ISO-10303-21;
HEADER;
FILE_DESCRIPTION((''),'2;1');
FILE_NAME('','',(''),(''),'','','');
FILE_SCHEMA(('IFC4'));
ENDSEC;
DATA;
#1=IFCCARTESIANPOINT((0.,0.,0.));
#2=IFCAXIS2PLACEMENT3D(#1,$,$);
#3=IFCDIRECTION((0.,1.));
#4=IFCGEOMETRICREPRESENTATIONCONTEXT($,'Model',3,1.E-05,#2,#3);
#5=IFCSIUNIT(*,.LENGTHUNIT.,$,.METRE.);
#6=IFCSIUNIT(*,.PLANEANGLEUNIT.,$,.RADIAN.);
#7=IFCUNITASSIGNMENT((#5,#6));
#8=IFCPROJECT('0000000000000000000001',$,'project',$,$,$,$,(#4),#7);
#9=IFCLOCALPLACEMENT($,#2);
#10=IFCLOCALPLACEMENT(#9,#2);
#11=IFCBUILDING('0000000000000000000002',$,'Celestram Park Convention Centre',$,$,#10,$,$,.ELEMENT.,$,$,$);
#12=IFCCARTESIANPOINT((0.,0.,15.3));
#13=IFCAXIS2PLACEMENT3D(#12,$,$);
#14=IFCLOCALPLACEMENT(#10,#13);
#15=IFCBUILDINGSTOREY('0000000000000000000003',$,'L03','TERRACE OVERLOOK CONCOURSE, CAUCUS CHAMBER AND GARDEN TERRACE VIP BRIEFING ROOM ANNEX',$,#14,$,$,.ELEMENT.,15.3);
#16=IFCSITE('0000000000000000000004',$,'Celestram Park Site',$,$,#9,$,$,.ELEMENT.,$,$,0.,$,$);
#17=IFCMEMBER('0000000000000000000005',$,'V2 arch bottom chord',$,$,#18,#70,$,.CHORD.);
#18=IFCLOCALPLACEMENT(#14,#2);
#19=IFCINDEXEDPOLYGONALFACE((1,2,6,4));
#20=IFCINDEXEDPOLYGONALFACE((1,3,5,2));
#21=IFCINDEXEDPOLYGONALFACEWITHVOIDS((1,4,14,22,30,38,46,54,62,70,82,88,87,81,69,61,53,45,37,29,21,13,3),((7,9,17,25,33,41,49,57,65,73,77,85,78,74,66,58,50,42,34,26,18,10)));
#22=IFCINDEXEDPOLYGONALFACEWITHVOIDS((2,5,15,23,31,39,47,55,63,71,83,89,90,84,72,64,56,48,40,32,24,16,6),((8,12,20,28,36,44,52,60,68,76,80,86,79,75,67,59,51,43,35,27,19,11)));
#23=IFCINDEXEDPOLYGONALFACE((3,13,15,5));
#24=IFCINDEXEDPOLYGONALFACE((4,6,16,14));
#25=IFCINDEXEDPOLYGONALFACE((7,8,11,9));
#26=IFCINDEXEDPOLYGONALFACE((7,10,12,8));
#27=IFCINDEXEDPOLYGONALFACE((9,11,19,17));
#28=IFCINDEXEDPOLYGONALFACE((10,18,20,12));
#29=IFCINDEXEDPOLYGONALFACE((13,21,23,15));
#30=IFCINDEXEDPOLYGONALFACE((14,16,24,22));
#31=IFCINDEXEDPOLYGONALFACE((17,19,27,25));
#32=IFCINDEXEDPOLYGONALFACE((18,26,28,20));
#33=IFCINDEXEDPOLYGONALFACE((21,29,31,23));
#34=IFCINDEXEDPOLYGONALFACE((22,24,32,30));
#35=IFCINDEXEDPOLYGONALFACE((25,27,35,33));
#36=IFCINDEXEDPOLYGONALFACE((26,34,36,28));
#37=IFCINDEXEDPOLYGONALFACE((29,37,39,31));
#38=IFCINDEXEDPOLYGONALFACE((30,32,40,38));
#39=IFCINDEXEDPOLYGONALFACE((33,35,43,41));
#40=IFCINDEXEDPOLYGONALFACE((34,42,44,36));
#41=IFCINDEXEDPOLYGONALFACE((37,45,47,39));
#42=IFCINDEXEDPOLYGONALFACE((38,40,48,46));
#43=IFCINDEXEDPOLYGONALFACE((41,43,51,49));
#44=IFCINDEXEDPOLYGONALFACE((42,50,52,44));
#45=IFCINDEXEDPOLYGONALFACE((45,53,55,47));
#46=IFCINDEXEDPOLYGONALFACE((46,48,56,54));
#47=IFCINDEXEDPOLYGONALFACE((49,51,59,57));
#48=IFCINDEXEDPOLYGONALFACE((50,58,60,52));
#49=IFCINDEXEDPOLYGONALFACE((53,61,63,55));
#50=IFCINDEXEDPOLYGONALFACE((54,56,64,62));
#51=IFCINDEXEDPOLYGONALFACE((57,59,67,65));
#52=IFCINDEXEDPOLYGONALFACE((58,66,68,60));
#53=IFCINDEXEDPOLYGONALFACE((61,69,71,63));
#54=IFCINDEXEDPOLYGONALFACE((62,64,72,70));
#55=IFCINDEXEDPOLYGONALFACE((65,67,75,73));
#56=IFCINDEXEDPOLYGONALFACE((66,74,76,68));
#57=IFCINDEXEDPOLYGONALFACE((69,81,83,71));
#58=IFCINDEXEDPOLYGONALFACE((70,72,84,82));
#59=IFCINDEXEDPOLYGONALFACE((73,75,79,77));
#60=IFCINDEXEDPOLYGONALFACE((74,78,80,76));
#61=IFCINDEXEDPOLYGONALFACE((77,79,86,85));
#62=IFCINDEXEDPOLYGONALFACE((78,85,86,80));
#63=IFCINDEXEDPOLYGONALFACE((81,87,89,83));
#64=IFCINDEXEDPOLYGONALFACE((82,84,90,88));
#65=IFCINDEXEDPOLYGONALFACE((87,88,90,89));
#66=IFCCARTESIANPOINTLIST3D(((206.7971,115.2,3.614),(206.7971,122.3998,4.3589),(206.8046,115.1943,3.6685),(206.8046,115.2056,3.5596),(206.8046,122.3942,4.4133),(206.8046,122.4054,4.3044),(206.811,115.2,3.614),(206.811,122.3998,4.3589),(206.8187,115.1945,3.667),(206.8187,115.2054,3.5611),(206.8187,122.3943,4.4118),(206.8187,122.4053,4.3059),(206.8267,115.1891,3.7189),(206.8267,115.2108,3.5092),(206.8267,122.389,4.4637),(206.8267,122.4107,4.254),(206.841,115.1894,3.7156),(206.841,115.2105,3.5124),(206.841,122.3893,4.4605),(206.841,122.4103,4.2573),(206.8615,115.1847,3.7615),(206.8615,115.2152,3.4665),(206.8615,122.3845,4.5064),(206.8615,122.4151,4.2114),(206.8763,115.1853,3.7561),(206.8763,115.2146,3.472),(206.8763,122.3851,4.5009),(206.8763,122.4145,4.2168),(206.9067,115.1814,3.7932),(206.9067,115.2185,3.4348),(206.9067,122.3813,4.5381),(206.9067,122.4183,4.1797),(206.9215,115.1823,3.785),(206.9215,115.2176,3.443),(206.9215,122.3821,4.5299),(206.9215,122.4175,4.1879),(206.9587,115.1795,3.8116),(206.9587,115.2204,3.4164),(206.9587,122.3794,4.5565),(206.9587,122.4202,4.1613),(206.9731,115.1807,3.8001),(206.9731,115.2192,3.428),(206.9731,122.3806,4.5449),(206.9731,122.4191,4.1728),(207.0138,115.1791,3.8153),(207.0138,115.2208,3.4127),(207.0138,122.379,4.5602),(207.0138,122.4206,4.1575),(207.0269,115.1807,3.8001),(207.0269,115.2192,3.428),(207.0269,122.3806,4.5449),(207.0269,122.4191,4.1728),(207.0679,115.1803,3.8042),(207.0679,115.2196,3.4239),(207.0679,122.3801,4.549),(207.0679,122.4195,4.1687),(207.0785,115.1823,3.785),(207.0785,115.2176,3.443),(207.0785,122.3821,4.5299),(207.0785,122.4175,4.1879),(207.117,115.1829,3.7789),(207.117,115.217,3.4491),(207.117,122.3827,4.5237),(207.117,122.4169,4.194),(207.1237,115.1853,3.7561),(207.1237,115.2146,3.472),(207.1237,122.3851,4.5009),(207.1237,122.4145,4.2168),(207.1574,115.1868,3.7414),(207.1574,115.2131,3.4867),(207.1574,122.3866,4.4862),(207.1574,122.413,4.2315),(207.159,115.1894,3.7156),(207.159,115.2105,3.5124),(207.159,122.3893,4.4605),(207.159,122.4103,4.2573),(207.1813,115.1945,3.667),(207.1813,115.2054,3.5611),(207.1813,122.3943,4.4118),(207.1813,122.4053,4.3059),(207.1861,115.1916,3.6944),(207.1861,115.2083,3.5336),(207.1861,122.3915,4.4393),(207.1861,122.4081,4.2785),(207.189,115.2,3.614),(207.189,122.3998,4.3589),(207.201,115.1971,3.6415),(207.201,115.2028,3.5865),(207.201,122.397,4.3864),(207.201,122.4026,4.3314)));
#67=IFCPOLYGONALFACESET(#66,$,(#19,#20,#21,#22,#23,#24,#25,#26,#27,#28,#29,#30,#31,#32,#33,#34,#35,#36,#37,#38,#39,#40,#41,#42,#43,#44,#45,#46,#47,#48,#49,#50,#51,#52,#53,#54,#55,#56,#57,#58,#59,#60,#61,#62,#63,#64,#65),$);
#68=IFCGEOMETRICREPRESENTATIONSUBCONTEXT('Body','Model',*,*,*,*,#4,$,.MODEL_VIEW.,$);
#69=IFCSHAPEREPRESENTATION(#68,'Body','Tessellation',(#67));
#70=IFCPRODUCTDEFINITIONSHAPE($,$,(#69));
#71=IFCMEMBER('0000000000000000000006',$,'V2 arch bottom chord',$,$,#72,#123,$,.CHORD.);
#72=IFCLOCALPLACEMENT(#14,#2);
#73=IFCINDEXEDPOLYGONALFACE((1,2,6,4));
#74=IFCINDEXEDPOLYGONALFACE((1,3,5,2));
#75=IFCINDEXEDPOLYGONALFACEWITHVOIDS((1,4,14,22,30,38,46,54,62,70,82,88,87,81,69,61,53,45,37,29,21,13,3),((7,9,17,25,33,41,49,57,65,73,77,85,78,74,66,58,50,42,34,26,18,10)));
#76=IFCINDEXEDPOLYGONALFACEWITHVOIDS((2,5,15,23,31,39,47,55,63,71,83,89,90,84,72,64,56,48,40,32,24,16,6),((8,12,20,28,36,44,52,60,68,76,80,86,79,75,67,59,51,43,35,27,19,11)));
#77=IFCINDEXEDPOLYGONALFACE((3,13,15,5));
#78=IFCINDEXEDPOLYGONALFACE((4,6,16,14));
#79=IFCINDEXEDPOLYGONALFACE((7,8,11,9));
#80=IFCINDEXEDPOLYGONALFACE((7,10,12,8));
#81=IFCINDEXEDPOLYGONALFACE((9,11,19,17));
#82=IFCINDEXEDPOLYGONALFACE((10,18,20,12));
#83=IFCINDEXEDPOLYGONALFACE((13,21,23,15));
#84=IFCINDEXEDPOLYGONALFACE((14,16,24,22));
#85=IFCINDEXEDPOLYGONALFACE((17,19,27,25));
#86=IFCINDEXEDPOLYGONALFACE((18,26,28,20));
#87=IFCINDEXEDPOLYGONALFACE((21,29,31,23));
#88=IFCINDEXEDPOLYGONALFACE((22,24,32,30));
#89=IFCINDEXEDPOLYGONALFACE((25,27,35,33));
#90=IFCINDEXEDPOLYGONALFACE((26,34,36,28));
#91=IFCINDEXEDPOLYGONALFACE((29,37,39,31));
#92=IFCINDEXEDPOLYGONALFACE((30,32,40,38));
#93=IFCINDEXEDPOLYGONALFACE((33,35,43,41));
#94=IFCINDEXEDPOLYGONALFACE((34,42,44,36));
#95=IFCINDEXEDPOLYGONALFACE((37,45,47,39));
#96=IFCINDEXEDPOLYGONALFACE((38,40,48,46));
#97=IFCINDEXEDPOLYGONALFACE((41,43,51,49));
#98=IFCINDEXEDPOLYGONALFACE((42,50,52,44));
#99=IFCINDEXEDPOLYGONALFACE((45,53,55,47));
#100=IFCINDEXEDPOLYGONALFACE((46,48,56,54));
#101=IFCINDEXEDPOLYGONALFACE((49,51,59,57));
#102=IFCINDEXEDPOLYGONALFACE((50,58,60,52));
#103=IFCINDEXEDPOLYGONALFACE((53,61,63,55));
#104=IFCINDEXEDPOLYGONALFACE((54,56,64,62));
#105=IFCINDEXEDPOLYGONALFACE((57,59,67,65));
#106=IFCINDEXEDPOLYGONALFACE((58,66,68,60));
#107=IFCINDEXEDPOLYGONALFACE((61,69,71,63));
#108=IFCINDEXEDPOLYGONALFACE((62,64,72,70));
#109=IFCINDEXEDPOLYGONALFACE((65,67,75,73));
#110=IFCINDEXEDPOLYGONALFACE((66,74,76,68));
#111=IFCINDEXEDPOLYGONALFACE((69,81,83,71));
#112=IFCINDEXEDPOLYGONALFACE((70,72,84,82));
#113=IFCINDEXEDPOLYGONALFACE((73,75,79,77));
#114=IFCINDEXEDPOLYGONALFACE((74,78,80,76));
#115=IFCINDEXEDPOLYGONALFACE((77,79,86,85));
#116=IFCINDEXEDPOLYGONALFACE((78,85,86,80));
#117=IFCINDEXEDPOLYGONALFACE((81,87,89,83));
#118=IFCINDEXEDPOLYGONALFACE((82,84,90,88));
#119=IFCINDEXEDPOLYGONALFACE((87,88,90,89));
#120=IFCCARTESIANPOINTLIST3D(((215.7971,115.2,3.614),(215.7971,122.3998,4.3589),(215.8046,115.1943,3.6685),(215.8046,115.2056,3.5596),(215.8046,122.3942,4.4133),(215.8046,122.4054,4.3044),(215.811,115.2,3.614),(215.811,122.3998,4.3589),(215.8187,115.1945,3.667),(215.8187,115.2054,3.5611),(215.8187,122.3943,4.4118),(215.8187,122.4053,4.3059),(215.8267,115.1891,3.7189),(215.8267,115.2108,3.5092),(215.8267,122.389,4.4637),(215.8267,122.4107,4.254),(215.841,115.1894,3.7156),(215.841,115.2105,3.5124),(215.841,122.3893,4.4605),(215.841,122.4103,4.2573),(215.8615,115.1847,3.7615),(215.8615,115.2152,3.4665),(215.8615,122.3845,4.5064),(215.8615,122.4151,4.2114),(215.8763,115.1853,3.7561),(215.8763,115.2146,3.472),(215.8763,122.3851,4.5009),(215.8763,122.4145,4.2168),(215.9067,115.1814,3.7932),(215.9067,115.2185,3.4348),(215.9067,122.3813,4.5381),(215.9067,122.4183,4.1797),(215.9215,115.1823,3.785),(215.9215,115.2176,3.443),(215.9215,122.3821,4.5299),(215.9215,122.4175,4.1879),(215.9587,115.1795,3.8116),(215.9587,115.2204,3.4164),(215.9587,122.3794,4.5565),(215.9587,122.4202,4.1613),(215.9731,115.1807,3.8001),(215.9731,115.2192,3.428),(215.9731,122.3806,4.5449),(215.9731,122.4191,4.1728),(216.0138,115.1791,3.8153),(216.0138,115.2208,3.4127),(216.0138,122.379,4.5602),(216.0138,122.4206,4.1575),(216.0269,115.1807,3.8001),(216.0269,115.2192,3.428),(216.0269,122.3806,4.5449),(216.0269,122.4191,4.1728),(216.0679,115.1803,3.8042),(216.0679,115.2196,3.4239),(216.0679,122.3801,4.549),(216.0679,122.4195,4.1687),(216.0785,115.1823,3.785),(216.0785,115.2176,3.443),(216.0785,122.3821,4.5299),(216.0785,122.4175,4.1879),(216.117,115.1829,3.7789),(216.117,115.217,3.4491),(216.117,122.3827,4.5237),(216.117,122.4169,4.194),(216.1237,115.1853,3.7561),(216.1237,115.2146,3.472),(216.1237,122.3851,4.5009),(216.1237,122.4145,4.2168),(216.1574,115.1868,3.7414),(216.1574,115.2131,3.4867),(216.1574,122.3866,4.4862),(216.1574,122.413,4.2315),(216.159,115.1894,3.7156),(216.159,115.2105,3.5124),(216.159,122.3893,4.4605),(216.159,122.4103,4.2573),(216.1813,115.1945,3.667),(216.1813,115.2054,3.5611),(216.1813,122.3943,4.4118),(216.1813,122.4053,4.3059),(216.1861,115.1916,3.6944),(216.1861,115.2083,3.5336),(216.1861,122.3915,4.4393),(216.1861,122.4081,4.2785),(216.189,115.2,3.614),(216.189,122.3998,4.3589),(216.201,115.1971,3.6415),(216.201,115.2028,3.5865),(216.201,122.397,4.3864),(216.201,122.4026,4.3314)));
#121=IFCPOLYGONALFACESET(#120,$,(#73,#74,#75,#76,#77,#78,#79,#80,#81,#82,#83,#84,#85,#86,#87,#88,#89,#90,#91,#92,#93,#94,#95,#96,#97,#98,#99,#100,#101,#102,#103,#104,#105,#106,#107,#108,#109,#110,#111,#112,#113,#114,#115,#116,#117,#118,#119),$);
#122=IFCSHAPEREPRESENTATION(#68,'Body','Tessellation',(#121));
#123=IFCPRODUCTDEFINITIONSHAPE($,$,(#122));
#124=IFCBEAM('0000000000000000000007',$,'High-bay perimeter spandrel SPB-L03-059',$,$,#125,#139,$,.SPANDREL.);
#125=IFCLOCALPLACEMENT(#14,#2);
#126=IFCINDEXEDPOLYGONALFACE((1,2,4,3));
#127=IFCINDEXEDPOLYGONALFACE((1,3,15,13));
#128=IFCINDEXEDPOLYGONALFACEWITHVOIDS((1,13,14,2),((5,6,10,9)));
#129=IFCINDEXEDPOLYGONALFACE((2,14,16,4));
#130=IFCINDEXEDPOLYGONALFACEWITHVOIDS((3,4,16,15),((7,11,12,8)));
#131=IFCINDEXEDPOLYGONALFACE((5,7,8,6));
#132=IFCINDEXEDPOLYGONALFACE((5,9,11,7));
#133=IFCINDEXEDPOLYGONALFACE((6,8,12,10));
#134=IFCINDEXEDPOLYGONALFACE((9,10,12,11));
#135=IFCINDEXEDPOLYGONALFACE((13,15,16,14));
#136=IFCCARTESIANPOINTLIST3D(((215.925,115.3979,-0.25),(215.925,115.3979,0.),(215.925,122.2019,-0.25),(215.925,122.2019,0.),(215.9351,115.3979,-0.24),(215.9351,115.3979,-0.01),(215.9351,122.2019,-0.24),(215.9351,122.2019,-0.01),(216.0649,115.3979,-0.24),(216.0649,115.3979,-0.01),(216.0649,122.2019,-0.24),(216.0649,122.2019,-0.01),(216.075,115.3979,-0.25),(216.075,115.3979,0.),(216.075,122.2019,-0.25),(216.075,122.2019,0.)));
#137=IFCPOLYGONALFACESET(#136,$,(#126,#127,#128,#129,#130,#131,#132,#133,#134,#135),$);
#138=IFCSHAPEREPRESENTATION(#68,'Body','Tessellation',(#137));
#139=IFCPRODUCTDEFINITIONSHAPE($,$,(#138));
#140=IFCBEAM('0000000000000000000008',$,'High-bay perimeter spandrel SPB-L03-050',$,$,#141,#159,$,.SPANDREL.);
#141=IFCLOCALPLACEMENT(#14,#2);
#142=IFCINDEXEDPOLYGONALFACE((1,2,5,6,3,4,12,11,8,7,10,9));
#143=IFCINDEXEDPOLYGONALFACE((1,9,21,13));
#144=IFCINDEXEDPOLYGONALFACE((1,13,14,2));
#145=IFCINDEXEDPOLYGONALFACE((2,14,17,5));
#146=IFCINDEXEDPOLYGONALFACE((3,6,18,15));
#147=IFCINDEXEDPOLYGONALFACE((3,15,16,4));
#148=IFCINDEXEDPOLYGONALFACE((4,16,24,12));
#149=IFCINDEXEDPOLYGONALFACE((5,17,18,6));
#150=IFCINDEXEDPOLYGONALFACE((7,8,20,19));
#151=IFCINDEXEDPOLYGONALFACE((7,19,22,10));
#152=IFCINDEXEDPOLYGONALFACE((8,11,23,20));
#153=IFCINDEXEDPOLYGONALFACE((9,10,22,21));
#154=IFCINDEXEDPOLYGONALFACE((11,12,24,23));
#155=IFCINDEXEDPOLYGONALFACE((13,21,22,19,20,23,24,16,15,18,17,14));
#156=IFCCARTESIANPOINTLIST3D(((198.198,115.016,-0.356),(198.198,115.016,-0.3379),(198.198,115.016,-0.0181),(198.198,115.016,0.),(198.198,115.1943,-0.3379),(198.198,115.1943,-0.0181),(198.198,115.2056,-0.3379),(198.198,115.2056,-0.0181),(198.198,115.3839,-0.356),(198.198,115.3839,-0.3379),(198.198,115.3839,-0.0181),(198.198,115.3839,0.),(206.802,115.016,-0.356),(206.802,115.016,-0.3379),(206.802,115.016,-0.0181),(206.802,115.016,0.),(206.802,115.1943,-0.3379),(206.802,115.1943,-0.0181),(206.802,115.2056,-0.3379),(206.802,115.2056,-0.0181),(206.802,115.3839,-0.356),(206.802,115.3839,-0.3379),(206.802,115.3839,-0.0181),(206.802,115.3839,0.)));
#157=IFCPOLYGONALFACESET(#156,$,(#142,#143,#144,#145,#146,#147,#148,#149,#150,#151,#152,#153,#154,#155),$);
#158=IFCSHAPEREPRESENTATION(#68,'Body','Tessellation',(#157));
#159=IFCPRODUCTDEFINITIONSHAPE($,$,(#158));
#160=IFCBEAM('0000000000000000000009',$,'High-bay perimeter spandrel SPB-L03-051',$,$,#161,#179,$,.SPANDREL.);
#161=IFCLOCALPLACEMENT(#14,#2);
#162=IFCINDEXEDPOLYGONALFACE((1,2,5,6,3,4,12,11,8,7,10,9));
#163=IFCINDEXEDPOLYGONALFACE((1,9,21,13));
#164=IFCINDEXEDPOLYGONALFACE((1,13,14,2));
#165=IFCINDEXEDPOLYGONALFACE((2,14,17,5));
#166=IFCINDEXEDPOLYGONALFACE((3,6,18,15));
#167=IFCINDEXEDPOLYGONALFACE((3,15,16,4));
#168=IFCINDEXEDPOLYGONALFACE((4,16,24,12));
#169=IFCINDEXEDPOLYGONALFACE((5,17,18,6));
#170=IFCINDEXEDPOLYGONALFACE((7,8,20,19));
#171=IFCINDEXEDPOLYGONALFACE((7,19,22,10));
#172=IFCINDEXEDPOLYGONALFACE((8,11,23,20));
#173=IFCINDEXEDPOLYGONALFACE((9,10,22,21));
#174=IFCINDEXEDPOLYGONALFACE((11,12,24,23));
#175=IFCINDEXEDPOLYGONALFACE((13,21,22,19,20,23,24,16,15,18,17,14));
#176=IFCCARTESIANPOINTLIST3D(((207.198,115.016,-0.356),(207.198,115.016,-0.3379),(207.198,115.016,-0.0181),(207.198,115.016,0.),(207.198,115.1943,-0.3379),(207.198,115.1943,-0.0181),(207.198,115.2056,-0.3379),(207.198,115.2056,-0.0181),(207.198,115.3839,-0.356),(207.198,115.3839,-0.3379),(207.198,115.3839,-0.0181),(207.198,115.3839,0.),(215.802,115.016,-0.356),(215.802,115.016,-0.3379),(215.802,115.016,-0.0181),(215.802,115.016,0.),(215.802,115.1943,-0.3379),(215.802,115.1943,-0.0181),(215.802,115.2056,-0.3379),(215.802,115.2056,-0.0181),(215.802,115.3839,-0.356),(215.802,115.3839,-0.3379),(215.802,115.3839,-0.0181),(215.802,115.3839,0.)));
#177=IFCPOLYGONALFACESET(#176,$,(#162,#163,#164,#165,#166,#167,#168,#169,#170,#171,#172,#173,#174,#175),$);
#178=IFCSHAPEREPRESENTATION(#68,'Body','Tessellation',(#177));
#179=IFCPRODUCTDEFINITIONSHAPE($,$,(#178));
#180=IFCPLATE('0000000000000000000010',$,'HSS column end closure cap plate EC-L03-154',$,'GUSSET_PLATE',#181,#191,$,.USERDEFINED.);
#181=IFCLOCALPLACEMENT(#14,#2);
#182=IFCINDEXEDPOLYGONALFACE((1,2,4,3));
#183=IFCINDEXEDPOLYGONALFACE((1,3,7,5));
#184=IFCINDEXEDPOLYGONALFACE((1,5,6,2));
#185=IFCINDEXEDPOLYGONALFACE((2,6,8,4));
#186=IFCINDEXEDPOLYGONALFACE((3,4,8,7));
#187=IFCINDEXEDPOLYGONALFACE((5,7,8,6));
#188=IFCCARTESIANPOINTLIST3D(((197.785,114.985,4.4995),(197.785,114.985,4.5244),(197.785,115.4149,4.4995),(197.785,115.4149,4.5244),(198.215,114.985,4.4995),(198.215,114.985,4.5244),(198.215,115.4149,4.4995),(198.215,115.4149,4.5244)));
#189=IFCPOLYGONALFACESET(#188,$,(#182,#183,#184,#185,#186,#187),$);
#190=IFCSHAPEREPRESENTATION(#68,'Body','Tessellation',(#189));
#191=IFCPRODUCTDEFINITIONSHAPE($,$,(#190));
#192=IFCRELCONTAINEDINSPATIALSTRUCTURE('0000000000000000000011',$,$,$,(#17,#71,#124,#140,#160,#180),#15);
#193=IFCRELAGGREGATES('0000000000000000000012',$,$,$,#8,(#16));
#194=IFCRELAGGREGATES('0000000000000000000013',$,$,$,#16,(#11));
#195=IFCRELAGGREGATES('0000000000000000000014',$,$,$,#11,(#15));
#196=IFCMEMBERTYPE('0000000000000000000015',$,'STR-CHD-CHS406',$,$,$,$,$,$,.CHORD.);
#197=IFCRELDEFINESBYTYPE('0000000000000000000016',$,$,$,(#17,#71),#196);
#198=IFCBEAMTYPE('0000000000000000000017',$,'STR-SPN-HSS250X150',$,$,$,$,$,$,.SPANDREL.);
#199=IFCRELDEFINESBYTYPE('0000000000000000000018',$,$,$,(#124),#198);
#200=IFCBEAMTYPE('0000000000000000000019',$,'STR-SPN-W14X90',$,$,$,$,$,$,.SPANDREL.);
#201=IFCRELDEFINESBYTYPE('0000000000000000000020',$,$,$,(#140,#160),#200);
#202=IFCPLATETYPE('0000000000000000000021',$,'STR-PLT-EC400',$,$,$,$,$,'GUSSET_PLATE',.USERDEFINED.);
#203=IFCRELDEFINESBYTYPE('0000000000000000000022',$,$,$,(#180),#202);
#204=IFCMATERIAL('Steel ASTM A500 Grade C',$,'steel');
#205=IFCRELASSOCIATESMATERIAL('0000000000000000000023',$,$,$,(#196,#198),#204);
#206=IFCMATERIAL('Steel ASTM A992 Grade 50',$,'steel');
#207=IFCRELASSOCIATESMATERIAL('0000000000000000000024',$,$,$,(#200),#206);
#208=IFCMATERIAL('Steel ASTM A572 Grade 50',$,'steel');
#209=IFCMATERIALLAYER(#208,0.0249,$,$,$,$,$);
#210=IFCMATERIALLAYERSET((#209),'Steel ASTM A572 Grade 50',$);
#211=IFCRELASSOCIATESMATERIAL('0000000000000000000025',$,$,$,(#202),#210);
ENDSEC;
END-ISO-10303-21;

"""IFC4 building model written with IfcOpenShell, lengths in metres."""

from ifc_helpers import new_model, si_unit, direction, frame, origin, origin_2d, place, context, subcontext, project, spatial, rectangle, hollow_rectangle, hollow_circle, i_section, extrude, material, layer, layer_set, material_profile, profile_set, type_object, element, save


model = new_model("IFC4")

# Units and contexts
model_context = context("Model", 3, precision=1e-05, world=origin(), true_north=direction((0.0, 1.0)))
body_context = subcontext(model_context, "Body", "Model", "MODEL_VIEW")
ifc_project = project(units=[si_unit("LENGTHUNIT", "METRE"), si_unit("PLANEANGLEUNIT", "RADIAN")], contexts=[model_context])

# Site, building, storey
site_placement = place(None, origin())
site = spatial("IfcSite", under=ifc_project, at=site_placement, Name="Celestram Park Site", CompositionType="ELEMENT", RefElevation=0.0)
building_placement = place(site_placement, origin())
building = spatial("IfcBuilding", under=site, at=building_placement, Name="Celestram Park Convention Centre", CompositionType="ELEMENT")
storey_placement = place(building_placement, frame((0.0, 0.0, 15.3)))
storey = spatial("IfcBuildingStorey", under=building, at=storey_placement, Name="L03", Description="TERRACE OVERLOOK CONCOURSE, CAUCUS CHAMBER AND GARDEN TERRACE VIP BRIEFING ROOM ANNEX", CompositionType="ELEMENT", Elevation=15.3)

# Shared definitions
ifc_material_1 = material(Name="Steel ASTM A500 Grade C", Category="steel")

# Shared definitions
ifc_material_2 = material(Name="Steel ASTM A992 Grade 50", Category="steel")

# Members
ifc_material_profile_1 = material_profile(ifc_material_1, hollow_circle(Radius=0.2029, WallThickness=0.0139, at=origin_2d()), Name="CHS406X14")
ifc_profile_set_1 = profile_set([ifc_material_profile_1], Name="Steel ASTM A500 Grade C")
member_type = type_object("IfcMemberType", Name="STR-CHD-CHS406", PredefinedType="CHORD", material=ifc_profile_set_1)
for number, where, z_axis, x_axis, name in (
    (1, (207.0, 115.2, 3.614), (0.0, 0.994691, 0.102906), (-1.0, 0.0, 0.0), "V2 arch bottom chord"),
    (2, (216.0, 115.2, 3.614), (0.0, 0.994691, 0.102906), (-1.0, 0.0, 0.0), "V2 arch bottom chord"),
):
    element("IfcMember", number, at=place(storey_placement, frame(where, z_axis=z_axis, x_axis=x_axis)), inside=storey, type_object=member_type, Name=name, PredefinedType="CHORD", context=body_context, shape_type="SweptSolid", body=[
        extrude(hollow_circle(Radius=0.2029, WallThickness=0.0139, at=origin_2d()), origin(), (0.0, 0.0, 1.0), 7.2383),
    ])

# Beams
ifc_material_profile_2 = material_profile(ifc_material_1, hollow_rectangle(XDim=0.1499, YDim=0.25, WallThickness=0.01, at=origin_2d()), Name="HSS250X150X10")
ifc_profile_set_2 = profile_set([ifc_material_profile_2], Name="Steel ASTM A500 Grade C")
beam_type_1 = type_object("IfcBeamType", Name="STR-SPN-HSS250X150", PredefinedType="SPANDREL", material=ifc_profile_set_2)
beam_placement = place(storey_placement, frame((216.0, 115.3979, -0.125), z_axis=(0.0, 1.0, 0.0), x_axis=(-1.0, 0.0, 0.0)))
element("IfcBeam", 3, at=beam_placement, inside=storey, type_object=beam_type_1, Name="High-bay perimeter spandrel SPB-L03-059", PredefinedType="SPANDREL", context=body_context, shape_type="SweptSolid", body=[
    extrude(hollow_rectangle(XDim=0.1499, YDim=0.25, WallThickness=0.01, at=origin_2d()), origin(), (0.0, 0.0, 1.0), 6.804),
])
ifc_material_profile_3 = material_profile(ifc_material_2, i_section(OverallWidth=0.3679, OverallDepth=0.356, WebThickness=0.0112, FlangeThickness=0.0181, at=origin_2d()), Name="W14X90")
ifc_profile_set_3 = profile_set([ifc_material_profile_3], Name="Steel ASTM A992 Grade 50")
beam_type_2 = type_object("IfcBeamType", Name="STR-SPN-W14X90", PredefinedType="SPANDREL", material=ifc_profile_set_3)
for number, where, z_axis, x_axis, name in (
    (4, (198.198, 115.2, -0.178), (1.0, 0.0, 0.0), (0.0, 1.0, 0.0), "High-bay perimeter spandrel SPB-L03-050"),
    (5, (207.198, 115.2, -0.178), (1.0, 0.0, 0.0), (0.0, 1.0, 0.0), "High-bay perimeter spandrel SPB-L03-051"),
):
    element("IfcBeam", number, at=place(storey_placement, frame(where, z_axis=z_axis, x_axis=x_axis)), inside=storey, type_object=beam_type_2, Name=name, PredefinedType="SPANDREL", context=body_context, shape_type="SweptSolid", body=[
        extrude(i_section(OverallWidth=0.3679, OverallDepth=0.356, WebThickness=0.0112, FlangeThickness=0.0181, at=origin_2d()), origin(), (0.0, 0.0, 1.0), 8.604),
    ])

# Plate
ifc_material_3 = material(Name="Steel ASTM A572 Grade 50", Category="steel")
ifc_layer_1 = layer(ifc_material_3, 0.0249)
ifc_layer_set_1 = layer_set([ifc_layer_1], Name="Steel ASTM A572 Grade 50")
plate_type_1 = type_object("IfcPlateType", Name="STR-PLT-EC400", ElementType="GUSSET_PLATE", PredefinedType="USERDEFINED", material=ifc_layer_set_1)
for number, where, z_axis, x_axis, name in (
    (6, (198.0, 115.2, 4.4995), (0.0, 0.0, 1.0), (1.0, 0.0, 0.0), "HSS column end closure cap plate EC-L03-154"),
):
    element("IfcPlate", number, at=place(storey_placement, frame(where, z_axis=z_axis, x_axis=x_axis)), inside=storey, type_object=plate_type_1, Name=name, ObjectType="GUSSET_PLATE", PredefinedType="USERDEFINED", context=body_context, shape_type="SweptSolid", body=[
        extrude(rectangle(XDim=0.4299, YDim=0.4299, at=origin_2d()), origin(), (0.0, 0.0, 1.0), 0.0249),
    ])

save(model, "model.ifc")
